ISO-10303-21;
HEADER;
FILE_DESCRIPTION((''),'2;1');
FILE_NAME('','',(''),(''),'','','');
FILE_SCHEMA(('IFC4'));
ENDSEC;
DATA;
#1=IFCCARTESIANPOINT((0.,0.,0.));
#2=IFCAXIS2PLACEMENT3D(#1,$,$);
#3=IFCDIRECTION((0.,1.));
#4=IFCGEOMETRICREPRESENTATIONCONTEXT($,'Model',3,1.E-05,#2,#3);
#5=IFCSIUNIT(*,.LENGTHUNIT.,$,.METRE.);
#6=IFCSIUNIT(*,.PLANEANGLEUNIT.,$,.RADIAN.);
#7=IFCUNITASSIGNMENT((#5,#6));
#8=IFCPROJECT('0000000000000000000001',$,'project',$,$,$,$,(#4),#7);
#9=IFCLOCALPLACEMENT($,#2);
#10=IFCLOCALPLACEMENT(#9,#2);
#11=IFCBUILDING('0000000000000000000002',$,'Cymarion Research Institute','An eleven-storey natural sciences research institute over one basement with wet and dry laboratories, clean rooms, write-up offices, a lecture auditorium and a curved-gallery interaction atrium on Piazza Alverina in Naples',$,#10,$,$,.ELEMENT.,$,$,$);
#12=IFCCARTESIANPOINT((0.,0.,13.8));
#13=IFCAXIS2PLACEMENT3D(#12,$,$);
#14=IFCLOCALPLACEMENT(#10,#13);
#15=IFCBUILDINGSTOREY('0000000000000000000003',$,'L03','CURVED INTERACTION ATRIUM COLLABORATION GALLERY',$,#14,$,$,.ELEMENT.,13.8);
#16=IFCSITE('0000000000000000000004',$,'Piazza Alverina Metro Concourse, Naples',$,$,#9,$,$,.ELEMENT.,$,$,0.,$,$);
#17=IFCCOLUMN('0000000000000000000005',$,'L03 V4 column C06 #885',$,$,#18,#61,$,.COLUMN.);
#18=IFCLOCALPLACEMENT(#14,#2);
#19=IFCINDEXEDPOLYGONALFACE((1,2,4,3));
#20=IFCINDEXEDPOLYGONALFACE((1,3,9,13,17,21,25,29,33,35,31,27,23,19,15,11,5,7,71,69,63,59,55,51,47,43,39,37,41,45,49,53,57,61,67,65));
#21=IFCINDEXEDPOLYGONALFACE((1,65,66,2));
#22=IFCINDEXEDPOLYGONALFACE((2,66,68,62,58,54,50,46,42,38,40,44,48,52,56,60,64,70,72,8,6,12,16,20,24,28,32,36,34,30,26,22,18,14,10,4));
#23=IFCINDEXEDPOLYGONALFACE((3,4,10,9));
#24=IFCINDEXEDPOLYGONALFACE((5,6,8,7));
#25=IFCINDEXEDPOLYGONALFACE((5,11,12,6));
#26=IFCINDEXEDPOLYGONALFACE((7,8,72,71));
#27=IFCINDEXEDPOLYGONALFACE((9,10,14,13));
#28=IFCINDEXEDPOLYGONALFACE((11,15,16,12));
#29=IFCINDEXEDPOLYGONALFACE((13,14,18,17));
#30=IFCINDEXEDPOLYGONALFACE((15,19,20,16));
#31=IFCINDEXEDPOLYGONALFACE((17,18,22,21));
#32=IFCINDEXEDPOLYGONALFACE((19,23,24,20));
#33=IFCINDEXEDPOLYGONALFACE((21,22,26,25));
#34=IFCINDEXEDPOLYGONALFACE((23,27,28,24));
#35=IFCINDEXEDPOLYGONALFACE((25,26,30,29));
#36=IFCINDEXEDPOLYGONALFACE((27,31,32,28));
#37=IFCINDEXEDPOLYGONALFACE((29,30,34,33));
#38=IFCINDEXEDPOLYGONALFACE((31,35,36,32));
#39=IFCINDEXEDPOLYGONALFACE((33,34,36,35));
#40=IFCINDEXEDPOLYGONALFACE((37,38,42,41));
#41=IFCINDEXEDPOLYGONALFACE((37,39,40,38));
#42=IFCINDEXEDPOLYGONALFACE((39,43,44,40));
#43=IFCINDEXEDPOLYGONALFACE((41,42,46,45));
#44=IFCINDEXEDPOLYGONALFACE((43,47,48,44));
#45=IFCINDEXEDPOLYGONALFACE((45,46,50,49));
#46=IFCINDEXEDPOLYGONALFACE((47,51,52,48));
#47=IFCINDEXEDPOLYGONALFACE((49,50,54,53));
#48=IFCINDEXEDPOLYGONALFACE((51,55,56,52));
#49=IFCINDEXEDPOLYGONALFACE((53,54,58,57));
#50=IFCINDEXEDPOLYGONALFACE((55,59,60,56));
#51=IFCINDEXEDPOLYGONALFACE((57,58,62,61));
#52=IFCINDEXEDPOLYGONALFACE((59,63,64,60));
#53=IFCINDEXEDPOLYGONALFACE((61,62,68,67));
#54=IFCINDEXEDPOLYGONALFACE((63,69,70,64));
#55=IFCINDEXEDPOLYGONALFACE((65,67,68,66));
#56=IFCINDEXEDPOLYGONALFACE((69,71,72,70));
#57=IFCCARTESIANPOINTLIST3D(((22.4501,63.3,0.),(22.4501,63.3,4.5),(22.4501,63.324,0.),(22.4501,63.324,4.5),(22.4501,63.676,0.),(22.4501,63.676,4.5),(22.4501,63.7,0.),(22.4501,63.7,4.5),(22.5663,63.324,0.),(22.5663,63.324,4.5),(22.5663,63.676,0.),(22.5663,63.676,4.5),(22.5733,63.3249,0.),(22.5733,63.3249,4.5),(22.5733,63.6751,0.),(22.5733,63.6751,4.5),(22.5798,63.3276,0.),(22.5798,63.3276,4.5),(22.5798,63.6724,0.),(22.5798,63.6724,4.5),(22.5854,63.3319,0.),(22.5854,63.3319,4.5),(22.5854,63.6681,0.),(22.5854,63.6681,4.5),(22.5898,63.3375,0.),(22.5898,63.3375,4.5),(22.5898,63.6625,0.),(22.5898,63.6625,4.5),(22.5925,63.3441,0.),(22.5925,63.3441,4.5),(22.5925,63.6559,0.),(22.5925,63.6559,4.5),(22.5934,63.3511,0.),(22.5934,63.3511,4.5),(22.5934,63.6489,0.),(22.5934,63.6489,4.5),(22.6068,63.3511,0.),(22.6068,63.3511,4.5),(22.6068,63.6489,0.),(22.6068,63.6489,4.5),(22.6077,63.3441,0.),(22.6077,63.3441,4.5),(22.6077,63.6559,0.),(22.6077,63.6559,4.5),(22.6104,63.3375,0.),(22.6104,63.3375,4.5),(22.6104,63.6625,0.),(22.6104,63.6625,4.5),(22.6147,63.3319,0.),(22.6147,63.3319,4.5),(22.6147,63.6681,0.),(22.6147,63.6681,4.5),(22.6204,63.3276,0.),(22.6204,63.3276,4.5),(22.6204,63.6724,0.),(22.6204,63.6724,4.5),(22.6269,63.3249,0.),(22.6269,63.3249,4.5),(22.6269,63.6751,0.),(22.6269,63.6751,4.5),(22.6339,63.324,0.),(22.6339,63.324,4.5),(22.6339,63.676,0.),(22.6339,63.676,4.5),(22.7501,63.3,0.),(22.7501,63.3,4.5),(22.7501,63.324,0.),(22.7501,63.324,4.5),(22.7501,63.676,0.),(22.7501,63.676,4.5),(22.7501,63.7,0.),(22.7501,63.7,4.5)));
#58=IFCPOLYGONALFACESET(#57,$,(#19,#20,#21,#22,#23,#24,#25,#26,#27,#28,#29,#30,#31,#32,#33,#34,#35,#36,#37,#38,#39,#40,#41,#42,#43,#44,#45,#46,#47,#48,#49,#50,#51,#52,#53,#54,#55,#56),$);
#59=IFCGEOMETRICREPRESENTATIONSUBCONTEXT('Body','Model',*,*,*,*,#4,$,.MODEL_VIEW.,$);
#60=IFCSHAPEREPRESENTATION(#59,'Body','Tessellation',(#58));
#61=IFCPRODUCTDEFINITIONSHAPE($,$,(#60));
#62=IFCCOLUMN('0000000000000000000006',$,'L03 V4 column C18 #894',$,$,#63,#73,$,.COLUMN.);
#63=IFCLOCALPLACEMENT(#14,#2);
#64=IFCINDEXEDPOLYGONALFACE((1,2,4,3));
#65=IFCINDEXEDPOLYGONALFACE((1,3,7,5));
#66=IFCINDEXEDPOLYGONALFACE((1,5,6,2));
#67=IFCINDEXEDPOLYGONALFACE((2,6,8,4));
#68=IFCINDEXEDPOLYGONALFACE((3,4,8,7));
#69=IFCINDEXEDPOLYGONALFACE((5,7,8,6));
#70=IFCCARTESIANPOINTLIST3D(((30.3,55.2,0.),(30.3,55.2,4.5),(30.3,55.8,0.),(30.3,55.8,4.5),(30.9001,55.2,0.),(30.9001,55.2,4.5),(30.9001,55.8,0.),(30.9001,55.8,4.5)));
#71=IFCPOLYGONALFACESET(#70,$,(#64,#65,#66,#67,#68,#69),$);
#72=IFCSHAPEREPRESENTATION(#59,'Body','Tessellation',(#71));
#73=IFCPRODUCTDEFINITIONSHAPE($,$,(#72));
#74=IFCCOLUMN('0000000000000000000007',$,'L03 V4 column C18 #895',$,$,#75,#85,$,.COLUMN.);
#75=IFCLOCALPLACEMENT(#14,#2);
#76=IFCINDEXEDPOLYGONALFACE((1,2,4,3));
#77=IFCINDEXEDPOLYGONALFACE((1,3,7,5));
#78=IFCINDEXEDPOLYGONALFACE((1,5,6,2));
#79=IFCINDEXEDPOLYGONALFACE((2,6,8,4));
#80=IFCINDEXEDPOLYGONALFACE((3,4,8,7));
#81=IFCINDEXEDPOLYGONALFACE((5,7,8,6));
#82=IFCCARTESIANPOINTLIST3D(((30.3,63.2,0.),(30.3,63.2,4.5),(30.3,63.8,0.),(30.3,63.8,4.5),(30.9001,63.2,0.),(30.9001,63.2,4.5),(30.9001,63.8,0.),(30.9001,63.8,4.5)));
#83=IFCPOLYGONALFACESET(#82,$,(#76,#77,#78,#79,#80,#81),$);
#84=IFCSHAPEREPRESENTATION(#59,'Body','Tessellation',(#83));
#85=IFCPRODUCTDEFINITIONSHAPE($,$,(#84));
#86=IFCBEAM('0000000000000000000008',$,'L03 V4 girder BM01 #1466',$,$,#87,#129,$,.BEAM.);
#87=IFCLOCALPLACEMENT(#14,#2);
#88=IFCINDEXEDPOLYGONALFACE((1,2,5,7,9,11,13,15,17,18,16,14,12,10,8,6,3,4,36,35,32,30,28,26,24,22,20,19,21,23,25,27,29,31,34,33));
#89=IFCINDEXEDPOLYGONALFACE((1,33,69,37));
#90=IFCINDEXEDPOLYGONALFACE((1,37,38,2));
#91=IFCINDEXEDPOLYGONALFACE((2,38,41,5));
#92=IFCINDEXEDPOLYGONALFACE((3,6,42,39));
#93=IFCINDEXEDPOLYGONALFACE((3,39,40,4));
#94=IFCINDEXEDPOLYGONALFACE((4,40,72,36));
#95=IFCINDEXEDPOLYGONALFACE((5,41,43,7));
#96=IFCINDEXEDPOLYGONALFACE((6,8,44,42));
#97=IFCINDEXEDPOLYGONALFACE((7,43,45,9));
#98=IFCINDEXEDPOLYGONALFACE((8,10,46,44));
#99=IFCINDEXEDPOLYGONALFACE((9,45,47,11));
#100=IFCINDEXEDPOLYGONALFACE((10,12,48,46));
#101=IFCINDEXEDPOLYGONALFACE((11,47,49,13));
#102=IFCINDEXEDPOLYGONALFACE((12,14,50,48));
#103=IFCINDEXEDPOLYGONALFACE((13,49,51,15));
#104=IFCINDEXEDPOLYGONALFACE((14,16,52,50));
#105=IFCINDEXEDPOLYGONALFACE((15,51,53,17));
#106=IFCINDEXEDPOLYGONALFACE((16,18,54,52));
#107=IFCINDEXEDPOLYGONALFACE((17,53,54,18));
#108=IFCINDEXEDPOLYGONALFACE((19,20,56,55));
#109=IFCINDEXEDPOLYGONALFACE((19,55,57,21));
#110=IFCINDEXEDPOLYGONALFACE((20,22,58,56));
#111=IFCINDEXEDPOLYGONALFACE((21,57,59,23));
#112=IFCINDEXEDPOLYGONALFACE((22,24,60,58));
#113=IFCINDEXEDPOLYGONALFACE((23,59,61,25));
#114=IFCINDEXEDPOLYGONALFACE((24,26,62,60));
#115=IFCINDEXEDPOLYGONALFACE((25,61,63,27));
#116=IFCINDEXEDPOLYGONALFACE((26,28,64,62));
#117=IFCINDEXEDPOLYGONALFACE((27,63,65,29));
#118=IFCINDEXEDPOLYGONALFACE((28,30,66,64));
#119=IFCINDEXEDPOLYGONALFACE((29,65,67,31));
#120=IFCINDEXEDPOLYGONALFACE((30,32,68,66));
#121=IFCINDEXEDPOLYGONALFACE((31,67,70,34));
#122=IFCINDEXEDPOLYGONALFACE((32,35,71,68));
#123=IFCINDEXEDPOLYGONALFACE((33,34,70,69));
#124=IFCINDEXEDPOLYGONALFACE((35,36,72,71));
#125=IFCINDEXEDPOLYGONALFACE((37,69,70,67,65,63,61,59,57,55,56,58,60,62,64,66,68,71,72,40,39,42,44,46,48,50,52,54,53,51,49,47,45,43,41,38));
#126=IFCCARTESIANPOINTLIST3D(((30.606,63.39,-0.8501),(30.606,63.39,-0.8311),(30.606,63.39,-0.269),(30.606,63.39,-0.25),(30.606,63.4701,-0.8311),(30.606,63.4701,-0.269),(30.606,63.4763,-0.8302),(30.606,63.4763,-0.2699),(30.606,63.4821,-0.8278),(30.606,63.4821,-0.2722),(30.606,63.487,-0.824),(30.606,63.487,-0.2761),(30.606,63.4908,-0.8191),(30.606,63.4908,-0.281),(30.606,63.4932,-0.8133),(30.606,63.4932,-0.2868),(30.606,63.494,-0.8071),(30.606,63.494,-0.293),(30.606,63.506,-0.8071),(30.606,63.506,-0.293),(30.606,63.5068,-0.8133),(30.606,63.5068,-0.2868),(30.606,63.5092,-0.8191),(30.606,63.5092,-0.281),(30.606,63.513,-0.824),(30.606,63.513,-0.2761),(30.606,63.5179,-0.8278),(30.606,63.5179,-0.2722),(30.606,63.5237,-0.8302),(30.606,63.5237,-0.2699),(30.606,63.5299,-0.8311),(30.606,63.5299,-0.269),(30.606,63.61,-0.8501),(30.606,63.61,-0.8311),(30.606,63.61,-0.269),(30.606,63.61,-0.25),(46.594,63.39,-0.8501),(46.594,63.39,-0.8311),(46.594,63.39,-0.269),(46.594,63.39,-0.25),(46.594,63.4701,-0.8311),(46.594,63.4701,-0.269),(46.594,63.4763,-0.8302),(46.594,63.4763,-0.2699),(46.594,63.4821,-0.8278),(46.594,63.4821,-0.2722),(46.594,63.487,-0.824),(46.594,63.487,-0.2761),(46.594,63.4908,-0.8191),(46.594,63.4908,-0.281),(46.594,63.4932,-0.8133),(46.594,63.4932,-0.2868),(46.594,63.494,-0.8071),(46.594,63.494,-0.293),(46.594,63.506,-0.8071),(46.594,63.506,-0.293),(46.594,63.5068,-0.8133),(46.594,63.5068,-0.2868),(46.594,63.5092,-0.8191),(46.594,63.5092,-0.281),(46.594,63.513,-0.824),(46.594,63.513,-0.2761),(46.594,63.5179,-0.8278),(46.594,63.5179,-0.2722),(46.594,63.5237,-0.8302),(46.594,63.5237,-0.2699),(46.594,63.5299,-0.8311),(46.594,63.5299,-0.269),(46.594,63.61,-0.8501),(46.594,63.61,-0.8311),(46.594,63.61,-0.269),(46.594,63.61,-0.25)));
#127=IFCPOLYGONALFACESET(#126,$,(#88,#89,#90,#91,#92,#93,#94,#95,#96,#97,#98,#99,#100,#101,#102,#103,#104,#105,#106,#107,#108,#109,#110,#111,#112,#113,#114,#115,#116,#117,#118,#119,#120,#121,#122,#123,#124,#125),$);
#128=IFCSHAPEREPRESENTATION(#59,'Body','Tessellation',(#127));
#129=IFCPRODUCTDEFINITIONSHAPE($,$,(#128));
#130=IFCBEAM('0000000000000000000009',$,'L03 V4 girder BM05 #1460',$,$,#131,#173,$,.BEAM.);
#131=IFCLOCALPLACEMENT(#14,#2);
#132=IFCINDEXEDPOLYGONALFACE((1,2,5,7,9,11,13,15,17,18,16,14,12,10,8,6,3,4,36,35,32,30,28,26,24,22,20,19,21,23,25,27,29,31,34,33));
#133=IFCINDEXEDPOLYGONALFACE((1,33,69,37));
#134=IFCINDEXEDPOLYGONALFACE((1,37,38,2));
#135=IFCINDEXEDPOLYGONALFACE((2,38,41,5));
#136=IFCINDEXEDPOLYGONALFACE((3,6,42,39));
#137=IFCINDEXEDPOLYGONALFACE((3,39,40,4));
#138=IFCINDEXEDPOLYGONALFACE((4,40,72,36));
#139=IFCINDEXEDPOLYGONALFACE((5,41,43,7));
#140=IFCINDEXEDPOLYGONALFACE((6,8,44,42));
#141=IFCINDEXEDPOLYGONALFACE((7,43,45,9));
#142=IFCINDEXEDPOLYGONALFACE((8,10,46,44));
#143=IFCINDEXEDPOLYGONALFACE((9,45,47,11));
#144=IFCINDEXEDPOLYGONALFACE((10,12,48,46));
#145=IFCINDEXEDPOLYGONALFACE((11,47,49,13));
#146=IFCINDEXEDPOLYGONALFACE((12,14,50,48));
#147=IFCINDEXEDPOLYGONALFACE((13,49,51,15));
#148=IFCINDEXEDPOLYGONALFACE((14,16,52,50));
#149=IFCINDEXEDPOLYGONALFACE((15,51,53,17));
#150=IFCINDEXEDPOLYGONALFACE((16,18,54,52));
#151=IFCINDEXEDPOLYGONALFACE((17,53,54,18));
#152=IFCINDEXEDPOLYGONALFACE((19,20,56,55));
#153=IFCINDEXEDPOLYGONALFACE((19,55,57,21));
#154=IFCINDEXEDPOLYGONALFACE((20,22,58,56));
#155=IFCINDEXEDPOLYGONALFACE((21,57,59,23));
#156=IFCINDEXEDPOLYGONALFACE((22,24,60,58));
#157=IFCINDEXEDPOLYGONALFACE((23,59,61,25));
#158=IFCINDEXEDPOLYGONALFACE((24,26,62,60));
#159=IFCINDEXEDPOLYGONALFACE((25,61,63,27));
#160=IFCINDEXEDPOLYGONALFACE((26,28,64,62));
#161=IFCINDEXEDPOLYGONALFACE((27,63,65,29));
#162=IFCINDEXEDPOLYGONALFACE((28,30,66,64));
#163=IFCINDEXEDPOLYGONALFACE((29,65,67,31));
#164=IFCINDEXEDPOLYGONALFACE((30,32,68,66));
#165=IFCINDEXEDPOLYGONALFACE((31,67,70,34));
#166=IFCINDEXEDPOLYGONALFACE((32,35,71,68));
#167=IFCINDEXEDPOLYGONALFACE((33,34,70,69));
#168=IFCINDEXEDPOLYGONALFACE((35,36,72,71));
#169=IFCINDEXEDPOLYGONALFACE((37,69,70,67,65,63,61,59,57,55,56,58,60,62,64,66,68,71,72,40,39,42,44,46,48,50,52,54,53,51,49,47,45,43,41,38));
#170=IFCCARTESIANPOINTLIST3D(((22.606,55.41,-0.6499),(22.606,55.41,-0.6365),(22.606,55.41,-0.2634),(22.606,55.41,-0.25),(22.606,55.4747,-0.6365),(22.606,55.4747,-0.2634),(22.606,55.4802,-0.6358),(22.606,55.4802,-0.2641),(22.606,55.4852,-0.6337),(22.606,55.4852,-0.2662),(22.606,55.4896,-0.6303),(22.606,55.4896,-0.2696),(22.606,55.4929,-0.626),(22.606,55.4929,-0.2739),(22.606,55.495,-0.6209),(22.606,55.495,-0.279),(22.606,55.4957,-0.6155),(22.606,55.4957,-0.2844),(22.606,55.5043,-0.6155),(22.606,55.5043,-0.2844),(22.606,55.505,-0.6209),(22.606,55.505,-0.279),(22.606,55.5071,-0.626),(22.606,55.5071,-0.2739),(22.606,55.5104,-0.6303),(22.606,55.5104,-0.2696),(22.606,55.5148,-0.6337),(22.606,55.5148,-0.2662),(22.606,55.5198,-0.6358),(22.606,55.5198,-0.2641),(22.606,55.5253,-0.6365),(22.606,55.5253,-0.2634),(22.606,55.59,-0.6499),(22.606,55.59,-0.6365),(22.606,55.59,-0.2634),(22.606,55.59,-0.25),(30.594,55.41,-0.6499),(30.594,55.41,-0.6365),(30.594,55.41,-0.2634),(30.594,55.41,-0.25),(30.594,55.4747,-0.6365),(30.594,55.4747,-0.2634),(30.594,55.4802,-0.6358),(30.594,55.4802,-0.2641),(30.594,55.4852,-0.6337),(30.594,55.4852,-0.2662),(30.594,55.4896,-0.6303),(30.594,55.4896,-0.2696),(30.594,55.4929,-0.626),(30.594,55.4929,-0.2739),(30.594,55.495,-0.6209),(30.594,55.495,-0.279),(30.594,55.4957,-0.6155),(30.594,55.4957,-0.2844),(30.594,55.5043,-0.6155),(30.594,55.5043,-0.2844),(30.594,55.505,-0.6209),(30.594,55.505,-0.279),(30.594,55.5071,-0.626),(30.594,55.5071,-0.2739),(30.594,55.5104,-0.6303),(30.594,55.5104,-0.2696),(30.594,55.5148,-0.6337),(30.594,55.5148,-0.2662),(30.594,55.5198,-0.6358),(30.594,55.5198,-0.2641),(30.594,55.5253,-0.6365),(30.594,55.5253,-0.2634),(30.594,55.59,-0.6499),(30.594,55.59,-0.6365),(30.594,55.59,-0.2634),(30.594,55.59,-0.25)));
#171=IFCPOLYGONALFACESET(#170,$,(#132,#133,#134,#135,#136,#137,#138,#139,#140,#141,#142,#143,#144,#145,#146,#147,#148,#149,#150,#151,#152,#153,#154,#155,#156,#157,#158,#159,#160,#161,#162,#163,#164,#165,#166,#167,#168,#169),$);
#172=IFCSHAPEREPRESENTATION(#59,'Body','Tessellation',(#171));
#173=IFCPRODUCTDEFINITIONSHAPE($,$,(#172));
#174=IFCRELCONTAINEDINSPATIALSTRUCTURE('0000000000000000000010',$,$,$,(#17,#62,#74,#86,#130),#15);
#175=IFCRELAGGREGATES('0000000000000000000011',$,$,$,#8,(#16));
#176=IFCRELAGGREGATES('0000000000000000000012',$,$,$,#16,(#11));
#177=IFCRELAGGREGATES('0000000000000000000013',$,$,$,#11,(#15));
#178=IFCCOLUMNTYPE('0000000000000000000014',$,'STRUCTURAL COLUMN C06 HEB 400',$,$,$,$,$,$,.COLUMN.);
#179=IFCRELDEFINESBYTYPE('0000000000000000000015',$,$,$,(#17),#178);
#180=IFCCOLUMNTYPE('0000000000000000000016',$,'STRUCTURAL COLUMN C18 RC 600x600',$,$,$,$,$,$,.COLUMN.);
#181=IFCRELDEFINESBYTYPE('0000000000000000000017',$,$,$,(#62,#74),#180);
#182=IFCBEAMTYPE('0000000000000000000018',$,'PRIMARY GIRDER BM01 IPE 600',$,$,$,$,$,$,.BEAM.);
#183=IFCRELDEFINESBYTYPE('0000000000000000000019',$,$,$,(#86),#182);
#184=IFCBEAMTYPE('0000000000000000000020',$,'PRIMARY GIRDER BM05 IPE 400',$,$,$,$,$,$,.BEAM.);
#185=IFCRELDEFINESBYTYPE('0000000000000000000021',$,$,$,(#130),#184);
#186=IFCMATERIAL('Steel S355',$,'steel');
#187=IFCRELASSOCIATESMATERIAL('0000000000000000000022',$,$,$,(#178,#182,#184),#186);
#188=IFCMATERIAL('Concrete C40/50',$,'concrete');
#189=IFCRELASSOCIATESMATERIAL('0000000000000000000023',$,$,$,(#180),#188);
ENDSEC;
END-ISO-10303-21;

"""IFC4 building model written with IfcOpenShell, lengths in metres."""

from ifc_helpers import new_model, si_unit, direction, frame, origin, origin_2d, place, context, subcontext, project, spatial, rectangle, i_section, extrude, material, material_profile, profile_set, type_object, element, save


model = new_model("IFC4")

# Units and contexts
model_context = context("Model", 3, precision=1e-05, world=origin(), true_north=direction((0.0, 1.0)))
body_context = subcontext(model_context, "Body", "Model", "MODEL_VIEW")
ifc_project = project(units=[si_unit("LENGTHUNIT", "METRE"), si_unit("PLANEANGLEUNIT", "RADIAN")], contexts=[model_context])

# Site, building, storey
site_placement = place(None, origin())
site = spatial("IfcSite", under=ifc_project, at=site_placement, Name="Piazza Alverina Metro Concourse, Naples", CompositionType="ELEMENT", RefElevation=0.0)
building_placement = place(site_placement, origin())
building = spatial("IfcBuilding", under=site, at=building_placement, Name="Cymarion Research Institute", Description="An eleven-storey natural sciences research institute over one basement with wet and dry laboratories, clean rooms, write-up offices, a lecture auditorium and a curved-gallery interaction atrium on Piazza Alverina in Naples", CompositionType="ELEMENT")
storey_placement = place(building_placement, frame((0.0, 0.0, 13.8)))
storey = spatial("IfcBuildingStorey", under=building, at=storey_placement, Name="L03", Description="CURVED INTERACTION ATRIUM COLLABORATION GALLERY", CompositionType="ELEMENT", Elevation=13.8)

# Columns
ifc_material_1 = material(Name="Steel S355", Category="steel")
ifc_material_profile_1 = material_profile(ifc_material_1, i_section(OverallWidth=0.3, OverallDepth=0.3999, WebThickness=0.0134, FlangeThickness=0.0239, FilletRadius=0.0271, at=origin_2d()), Name="HEB 400")
ifc_profile_set_1 = profile_set([ifc_material_profile_1], Name="Steel S355")
column_type_1 = type_object("IfcColumnType", Name="STRUCTURAL COLUMN C06 HEB 400", PredefinedType="COLUMN", material=ifc_profile_set_1)
column_placement = place(storey_placement, frame((22.6001, 63.5, 0.0), z_axis=(0.0, 0.0, 1.0), x_axis=(1.0, 0.0, 0.0)))
element("IfcColumn", 1, at=column_placement, inside=storey, type_object=column_type_1, Name="L03 V4 column C06 #885", PredefinedType="COLUMN", context=body_context, shape_type="SweptSolid", body=[
    extrude(i_section(OverallWidth=0.3, OverallDepth=0.3999, WebThickness=0.0134, FlangeThickness=0.0239, FilletRadius=0.0271, at=origin_2d()), origin(), (0.0, 0.0, 1.0), 4.5),
])
ifc_material_2 = material(Name="Concrete C40/50", Category="concrete")
ifc_material_profile_2 = material_profile(ifc_material_2, rectangle(XDim=0.6001, YDim=0.6001, at=origin_2d()), Name="RC 600x600")
ifc_profile_set_2 = profile_set([ifc_material_profile_2], Name="Concrete C40/50")
column_type_2 = type_object("IfcColumnType", Name="STRUCTURAL COLUMN C18 RC 600x600", PredefinedType="COLUMN", material=ifc_profile_set_2)
for number, where, z_axis, x_axis, name in (
    (2, (30.6001, 55.5, 0.0), (0.0, 0.0, 1.0), (1.0, 0.0, 0.0), "L03 V4 column C18 #894"),
    (3, (30.6001, 63.5, 0.0), (0.0, 0.0, 1.0), (1.0, 0.0, 0.0), "L03 V4 column C18 #895"),
):
    element("IfcColumn", number, at=place(storey_placement, frame(where, z_axis=z_axis, x_axis=x_axis)), inside=storey, type_object=column_type_2, Name=name, PredefinedType="COLUMN", context=body_context, shape_type="SweptSolid", body=[
        extrude(rectangle(XDim=0.6001, YDim=0.6001, at=origin_2d()), origin(), (0.0, 0.0, 1.0), 4.5),
    ])

# Beams
ifc_material_profile_3 = material_profile(ifc_material_1, i_section(OverallWidth=0.22, OverallDepth=0.6001, WebThickness=0.012, FlangeThickness=0.019, FilletRadius=0.0239, at=origin_2d()), Name="IPE 600")
ifc_profile_set_3 = profile_set([ifc_material_profile_3], Name="Steel S355")
beam_type_1 = type_object("IfcBeamType", Name="PRIMARY GIRDER BM01 IPE 600", PredefinedType="BEAM", material=ifc_profile_set_3)
beam_placement = place(storey_placement, frame((30.606, 63.5, -0.55), z_axis=(1.0, 0.0, 0.0), x_axis=(0.0, 1.0, 0.0)))
element("IfcBeam", 4, at=beam_placement, inside=storey, type_object=beam_type_1, Name="L03 V4 girder BM01 #1466", PredefinedType="BEAM", context=body_context, shape_type="SweptSolid", body=[
    extrude(i_section(OverallWidth=0.22, OverallDepth=0.6001, WebThickness=0.012, FlangeThickness=0.019, FilletRadius=0.0239, at=origin_2d()), origin(), (0.0, 0.0, 1.0), 15.988),
])
ifc_material_profile_4 = material_profile(ifc_material_1, i_section(OverallWidth=0.1799, OverallDepth=0.3999, WebThickness=0.0085, FlangeThickness=0.0134, FilletRadius=0.021, at=origin_2d()), Name="IPE 400")
ifc_profile_set_4 = profile_set([ifc_material_profile_4], Name="Steel S355")
beam_type_2 = type_object("IfcBeamType", Name="PRIMARY GIRDER BM05 IPE 400", PredefinedType="BEAM", material=ifc_profile_set_4)
for number, where, z_axis, x_axis, name in (
    (5, (22.606, 55.5, -0.45), (1.0, 0.0, 0.0), (0.0, 1.0, 0.0), "L03 V4 girder BM05 #1460"),
):
    element("IfcBeam", number, at=place(storey_placement, frame(where, z_axis=z_axis, x_axis=x_axis)), inside=storey, type_object=beam_type_2, Name=name, PredefinedType="BEAM", context=body_context, shape_type="SweptSolid", body=[
        extrude(i_section(OverallWidth=0.1799, OverallDepth=0.3999, WebThickness=0.0085, FlangeThickness=0.0134, FilletRadius=0.021, at=origin_2d()), origin(), (0.0, 0.0, 1.0), 7.988),
    ])

save(model, "model.ifc")
